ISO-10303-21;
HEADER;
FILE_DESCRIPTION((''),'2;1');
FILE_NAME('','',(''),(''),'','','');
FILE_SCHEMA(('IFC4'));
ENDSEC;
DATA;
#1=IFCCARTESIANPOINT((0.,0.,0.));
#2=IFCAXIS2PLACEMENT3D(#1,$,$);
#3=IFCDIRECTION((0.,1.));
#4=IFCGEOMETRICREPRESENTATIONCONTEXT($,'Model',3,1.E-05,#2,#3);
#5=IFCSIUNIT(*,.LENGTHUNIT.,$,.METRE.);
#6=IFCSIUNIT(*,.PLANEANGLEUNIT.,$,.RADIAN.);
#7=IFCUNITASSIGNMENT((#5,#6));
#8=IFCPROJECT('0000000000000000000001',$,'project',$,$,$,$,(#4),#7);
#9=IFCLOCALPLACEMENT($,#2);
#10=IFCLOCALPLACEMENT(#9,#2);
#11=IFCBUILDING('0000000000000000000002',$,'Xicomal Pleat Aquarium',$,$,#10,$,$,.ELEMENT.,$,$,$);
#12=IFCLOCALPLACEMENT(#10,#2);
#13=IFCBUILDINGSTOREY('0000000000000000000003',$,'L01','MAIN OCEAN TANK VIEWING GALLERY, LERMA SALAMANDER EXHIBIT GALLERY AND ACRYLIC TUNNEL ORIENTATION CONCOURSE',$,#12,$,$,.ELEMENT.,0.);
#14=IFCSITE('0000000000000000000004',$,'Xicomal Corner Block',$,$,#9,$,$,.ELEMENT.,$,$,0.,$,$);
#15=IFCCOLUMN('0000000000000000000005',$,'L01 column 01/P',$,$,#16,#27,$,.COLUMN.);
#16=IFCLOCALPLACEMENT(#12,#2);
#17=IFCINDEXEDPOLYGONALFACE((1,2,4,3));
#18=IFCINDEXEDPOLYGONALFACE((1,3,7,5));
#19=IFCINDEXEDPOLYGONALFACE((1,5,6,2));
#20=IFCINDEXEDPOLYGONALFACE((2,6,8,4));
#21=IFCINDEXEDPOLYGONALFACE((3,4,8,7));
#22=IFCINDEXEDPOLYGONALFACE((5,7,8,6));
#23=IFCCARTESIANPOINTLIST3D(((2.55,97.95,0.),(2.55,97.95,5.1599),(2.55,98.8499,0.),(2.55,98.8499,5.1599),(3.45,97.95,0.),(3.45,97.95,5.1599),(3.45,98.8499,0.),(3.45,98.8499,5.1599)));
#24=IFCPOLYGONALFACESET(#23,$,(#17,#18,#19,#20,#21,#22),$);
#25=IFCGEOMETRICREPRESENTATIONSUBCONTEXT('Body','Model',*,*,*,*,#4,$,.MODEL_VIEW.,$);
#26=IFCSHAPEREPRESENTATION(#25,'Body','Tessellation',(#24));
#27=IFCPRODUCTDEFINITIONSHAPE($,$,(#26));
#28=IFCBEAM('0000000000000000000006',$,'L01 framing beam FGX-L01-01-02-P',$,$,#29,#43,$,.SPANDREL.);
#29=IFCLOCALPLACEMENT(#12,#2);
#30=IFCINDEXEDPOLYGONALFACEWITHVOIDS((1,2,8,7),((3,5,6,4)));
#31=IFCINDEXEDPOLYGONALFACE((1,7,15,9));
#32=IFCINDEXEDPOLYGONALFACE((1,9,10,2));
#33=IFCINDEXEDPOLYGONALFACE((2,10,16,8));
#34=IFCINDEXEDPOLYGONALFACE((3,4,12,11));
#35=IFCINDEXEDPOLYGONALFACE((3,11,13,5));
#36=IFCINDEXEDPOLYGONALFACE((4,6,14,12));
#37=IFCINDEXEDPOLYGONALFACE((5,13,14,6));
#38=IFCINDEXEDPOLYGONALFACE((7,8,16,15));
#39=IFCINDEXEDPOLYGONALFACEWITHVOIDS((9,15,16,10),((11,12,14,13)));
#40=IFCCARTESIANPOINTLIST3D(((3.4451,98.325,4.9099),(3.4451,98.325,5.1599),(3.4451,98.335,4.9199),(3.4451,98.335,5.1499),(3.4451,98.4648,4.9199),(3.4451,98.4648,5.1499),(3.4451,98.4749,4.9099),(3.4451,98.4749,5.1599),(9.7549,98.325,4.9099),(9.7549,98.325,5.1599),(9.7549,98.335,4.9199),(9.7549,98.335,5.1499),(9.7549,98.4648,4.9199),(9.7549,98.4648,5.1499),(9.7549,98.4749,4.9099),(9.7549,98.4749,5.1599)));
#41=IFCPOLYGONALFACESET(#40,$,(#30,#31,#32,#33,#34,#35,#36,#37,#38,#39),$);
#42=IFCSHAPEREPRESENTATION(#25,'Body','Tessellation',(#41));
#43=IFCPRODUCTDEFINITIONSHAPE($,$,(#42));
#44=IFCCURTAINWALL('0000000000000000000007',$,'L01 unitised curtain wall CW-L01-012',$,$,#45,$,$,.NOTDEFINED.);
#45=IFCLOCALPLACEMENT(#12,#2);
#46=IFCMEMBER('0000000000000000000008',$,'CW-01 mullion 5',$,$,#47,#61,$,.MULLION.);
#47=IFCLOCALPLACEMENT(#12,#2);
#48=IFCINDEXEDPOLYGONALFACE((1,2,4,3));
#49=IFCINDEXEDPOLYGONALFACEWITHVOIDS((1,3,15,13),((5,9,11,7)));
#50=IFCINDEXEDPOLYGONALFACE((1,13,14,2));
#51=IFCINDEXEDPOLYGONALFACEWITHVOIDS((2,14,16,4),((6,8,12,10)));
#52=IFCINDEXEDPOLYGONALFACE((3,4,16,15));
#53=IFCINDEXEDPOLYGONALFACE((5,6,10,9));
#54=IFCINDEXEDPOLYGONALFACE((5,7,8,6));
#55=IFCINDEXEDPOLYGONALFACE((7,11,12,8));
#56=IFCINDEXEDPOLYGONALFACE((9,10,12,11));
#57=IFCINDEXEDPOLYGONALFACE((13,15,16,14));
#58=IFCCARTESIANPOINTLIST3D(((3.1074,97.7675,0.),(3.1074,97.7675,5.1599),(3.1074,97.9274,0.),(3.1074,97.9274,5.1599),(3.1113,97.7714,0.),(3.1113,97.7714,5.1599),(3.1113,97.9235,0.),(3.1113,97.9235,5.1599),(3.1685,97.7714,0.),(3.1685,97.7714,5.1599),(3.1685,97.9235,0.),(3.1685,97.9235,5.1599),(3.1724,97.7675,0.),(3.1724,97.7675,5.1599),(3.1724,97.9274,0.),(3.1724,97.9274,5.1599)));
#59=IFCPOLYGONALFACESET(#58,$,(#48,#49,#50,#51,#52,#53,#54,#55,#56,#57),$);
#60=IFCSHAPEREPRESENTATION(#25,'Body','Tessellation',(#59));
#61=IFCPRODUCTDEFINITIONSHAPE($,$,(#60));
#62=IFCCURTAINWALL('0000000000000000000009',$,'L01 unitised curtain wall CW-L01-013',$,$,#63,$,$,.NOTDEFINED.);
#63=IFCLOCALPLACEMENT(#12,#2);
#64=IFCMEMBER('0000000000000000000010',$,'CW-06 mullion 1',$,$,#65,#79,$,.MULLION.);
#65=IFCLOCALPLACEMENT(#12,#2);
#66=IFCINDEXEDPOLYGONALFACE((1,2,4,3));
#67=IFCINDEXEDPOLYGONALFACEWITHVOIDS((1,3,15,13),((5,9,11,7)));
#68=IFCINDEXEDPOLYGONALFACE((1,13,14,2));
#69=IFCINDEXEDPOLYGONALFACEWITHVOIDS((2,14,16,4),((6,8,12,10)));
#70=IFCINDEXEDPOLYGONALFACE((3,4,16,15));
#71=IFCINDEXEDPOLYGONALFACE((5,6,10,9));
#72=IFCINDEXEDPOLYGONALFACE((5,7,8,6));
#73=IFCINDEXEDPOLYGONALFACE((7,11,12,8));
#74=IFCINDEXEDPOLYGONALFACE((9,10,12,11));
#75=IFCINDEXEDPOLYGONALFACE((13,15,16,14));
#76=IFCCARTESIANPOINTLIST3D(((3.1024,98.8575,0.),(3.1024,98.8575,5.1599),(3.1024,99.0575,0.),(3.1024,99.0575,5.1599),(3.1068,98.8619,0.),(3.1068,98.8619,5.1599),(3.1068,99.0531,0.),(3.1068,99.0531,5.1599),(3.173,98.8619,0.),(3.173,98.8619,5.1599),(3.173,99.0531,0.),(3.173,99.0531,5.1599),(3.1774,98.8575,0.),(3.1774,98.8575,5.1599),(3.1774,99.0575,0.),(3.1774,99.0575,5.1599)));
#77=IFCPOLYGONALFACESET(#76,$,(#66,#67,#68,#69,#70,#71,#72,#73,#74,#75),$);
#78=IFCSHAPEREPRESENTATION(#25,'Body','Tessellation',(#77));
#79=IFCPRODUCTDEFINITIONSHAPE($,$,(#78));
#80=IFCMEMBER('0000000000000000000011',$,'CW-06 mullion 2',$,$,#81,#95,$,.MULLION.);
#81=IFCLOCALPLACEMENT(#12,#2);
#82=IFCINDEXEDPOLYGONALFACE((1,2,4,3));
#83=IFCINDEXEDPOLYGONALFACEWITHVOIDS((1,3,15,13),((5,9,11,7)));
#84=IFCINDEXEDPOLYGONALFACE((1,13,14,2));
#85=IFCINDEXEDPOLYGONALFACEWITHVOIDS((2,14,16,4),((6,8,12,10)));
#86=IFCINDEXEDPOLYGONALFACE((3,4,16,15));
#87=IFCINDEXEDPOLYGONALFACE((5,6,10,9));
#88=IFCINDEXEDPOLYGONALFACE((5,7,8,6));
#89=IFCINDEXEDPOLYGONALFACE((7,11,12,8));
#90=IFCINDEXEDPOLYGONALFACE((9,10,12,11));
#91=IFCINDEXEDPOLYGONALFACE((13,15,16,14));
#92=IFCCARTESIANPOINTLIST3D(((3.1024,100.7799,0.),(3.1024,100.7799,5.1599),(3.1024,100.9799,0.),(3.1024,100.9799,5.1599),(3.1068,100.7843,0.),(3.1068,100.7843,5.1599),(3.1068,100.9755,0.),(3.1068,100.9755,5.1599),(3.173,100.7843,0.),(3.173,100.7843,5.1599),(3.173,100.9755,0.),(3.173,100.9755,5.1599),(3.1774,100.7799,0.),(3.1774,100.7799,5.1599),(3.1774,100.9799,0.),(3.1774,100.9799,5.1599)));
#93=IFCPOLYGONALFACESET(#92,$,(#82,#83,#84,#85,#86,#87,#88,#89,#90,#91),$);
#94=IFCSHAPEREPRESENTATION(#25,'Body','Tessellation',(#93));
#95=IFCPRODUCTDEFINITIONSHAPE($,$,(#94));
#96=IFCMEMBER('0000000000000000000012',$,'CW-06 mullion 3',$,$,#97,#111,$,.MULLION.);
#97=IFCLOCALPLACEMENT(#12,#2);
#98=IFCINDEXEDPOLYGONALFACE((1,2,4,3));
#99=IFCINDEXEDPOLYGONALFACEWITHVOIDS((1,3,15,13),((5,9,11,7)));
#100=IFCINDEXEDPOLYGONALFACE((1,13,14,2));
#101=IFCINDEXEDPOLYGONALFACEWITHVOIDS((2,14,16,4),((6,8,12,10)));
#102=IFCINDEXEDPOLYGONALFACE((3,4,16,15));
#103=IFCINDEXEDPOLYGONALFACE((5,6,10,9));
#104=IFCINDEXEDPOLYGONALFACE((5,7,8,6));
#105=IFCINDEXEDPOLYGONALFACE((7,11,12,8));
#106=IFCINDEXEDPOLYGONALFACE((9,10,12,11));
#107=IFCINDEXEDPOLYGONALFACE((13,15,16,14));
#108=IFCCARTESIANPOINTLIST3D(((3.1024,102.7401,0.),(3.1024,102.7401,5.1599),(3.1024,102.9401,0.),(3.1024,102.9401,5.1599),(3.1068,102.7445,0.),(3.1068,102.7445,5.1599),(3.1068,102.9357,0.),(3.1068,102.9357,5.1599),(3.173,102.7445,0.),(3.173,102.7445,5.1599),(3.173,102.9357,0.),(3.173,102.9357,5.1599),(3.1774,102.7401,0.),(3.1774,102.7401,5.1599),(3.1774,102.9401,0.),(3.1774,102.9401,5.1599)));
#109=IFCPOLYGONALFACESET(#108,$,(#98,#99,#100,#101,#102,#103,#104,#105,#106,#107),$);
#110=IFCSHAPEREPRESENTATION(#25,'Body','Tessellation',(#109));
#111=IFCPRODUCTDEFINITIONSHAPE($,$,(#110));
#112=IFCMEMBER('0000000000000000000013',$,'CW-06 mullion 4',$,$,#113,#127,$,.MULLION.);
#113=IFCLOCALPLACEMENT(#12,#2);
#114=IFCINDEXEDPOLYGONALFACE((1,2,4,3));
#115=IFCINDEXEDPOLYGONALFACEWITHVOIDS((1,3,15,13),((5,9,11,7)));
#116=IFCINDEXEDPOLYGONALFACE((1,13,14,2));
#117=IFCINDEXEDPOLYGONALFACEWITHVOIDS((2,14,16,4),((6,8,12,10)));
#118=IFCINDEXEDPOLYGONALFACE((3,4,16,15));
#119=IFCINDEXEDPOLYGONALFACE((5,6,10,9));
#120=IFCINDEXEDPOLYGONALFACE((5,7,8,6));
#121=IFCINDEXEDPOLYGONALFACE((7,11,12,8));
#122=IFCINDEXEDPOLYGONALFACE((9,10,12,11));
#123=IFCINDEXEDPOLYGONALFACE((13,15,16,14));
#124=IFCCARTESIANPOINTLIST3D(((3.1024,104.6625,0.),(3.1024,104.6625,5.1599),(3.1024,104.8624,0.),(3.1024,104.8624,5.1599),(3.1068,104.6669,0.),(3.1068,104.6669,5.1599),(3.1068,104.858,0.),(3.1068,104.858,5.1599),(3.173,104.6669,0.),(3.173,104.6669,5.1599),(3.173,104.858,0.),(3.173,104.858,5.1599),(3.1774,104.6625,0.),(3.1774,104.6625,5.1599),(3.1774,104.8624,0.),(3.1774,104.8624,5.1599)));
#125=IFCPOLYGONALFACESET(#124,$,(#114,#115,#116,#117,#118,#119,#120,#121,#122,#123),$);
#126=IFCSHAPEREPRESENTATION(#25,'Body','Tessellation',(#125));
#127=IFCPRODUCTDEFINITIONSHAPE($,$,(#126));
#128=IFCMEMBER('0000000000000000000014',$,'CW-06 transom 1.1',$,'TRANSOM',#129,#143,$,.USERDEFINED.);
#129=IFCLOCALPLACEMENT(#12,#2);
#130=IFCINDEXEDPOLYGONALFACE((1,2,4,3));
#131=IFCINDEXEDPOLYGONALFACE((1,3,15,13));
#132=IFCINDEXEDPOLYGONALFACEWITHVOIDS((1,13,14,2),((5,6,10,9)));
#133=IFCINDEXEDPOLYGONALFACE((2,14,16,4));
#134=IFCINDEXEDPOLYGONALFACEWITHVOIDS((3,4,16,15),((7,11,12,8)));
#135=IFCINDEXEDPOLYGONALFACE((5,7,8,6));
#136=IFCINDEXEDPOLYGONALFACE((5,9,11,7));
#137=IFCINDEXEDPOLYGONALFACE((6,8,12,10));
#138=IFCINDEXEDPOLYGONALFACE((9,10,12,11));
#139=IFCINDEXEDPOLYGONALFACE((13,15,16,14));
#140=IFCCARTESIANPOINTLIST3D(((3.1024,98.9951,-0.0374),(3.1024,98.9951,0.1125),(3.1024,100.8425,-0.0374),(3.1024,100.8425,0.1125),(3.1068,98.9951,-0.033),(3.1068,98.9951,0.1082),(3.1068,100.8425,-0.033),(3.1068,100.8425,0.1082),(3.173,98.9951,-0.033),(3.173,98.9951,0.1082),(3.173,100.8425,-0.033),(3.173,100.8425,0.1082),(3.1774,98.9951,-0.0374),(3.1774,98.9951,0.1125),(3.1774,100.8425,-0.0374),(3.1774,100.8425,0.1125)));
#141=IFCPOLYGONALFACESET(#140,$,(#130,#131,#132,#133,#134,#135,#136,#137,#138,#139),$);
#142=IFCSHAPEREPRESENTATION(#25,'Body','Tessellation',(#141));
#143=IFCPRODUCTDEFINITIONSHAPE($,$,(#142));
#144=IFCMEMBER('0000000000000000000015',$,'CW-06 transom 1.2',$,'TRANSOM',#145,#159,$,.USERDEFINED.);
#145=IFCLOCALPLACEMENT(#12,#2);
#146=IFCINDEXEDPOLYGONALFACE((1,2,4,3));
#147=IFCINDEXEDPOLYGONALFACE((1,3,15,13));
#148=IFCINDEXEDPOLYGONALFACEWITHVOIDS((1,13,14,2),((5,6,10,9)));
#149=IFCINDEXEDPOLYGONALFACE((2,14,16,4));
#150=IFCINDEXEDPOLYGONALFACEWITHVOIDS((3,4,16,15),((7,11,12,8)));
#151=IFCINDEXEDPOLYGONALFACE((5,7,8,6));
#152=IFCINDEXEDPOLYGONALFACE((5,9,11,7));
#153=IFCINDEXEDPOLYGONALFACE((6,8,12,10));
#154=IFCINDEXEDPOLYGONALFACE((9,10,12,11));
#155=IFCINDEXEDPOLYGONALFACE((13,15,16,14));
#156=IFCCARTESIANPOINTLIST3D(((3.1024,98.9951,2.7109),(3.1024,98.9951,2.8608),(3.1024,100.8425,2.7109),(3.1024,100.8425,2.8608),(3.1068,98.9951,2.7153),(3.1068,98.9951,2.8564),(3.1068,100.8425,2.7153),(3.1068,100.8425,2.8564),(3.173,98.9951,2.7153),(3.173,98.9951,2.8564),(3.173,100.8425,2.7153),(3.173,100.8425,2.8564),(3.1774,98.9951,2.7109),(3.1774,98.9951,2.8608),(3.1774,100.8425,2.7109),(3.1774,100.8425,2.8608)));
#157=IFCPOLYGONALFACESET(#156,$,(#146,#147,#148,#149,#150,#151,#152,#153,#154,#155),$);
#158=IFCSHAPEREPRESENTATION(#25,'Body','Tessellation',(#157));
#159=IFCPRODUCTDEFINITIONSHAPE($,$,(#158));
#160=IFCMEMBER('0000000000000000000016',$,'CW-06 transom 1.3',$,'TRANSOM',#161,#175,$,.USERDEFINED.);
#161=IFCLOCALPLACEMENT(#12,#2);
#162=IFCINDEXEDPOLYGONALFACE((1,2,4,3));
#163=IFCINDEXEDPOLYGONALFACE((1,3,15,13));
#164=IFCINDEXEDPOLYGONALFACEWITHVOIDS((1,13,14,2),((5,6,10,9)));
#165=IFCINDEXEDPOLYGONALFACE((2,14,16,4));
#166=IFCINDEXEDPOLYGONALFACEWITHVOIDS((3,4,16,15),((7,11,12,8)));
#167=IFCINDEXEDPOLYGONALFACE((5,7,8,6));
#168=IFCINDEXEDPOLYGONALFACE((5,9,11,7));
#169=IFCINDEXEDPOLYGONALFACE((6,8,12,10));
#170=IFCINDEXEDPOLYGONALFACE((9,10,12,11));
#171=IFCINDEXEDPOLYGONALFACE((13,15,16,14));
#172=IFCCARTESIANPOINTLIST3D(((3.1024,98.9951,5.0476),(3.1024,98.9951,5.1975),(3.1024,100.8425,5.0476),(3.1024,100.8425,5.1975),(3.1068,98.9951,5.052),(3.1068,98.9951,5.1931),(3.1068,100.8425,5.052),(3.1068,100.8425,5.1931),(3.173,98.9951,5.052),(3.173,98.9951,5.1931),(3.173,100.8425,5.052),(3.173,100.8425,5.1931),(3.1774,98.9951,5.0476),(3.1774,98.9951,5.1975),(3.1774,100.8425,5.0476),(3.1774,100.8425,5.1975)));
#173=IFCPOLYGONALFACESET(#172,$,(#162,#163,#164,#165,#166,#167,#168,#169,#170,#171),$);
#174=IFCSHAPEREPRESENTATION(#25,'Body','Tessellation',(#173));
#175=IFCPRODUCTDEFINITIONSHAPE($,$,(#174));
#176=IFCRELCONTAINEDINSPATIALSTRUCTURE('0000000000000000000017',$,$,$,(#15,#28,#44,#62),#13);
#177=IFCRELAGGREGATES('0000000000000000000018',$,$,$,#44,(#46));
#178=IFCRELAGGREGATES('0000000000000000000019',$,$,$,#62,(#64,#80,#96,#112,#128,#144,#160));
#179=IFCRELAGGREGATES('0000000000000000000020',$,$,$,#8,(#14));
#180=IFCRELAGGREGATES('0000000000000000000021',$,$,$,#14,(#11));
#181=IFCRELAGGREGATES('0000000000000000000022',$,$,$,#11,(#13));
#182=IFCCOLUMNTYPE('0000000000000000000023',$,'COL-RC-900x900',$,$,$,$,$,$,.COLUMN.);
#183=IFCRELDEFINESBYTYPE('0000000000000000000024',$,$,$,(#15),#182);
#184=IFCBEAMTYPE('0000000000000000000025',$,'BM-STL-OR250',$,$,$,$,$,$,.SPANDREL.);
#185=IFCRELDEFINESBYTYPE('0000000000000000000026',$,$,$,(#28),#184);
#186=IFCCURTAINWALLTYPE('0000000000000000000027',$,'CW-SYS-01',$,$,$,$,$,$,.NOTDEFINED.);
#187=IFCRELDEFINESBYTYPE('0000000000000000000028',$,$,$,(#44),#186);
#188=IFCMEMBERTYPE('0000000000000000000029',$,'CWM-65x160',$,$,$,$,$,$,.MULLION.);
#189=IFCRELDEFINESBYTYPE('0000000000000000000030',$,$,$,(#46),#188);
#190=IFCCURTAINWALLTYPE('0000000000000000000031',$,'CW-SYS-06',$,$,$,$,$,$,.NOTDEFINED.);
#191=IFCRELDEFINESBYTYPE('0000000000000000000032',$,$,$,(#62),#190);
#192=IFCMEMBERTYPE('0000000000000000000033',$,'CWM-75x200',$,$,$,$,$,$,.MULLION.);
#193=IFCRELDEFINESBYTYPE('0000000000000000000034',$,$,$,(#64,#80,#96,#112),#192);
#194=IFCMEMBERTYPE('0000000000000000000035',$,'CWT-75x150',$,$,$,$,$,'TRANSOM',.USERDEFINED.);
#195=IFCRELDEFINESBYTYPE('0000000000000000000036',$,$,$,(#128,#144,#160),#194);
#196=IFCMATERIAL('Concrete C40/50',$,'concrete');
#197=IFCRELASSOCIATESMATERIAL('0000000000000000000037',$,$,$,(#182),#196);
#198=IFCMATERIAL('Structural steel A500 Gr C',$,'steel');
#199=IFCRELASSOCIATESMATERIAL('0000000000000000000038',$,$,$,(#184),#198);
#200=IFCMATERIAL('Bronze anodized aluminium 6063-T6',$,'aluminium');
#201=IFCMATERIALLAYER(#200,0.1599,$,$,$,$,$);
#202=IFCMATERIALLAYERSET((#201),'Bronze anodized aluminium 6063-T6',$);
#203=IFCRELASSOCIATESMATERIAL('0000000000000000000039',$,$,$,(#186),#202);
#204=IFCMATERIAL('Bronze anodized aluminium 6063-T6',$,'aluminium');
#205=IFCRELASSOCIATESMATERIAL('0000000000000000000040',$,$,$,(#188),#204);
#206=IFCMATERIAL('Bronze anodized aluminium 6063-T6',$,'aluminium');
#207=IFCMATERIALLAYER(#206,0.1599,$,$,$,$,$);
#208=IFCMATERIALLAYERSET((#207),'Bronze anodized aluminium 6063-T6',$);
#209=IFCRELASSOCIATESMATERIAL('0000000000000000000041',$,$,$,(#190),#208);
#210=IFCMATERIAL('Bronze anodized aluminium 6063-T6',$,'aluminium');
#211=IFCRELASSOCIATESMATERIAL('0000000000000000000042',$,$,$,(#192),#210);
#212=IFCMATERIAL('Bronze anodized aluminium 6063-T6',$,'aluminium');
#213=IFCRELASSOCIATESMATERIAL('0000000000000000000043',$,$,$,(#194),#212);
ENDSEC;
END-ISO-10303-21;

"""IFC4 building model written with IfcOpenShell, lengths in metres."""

from ifc_helpers import new_model, si_unit, direction, frame, origin, origin_2d, place, context, subcontext, project, spatial, rectangle, hollow_rectangle, extrude, material, layer, layer_set, material_profile, profile_set, type_object, element, aggregate, save


model = new_model("IFC4")

# Units and contexts
model_context = context("Model", 3, precision=1e-05, world=origin(), true_north=direction((0.0, 1.0)))
body_context = subcontext(model_context, "Body", "Model", "MODEL_VIEW")
ifc_project = project(units=[si_unit("LENGTHUNIT", "METRE"), si_unit("PLANEANGLEUNIT", "RADIAN")], contexts=[model_context])

# Site, building, storey
site_placement = place(None, origin())
site = spatial("IfcSite", under=ifc_project, at=site_placement, Name="Xicomal Corner Block", CompositionType="ELEMENT", RefElevation=0.0)
building_placement = place(site_placement, origin())
building = spatial("IfcBuilding", under=site, at=building_placement, Name="Xicomal Pleat Aquarium", CompositionType="ELEMENT")
storey_placement = place(building_placement, origin())
storey = spatial("IfcBuildingStorey", under=building, at=storey_placement, Name="L01", Description="MAIN OCEAN TANK VIEWING GALLERY, LERMA SALAMANDER EXHIBIT GALLERY AND ACRYLIC TUNNEL ORIENTATION CONCOURSE", CompositionType="ELEMENT", Elevation=0.0)

# Column
ifc_material_1 = material(Name="Concrete C40/50", Category="concrete")
ifc_material_profile_1 = material_profile(ifc_material_1, rectangle(XDim=0.8999, YDim=0.8999, at=origin_2d()), Name="RC 900x900")
ifc_profile_set_1 = profile_set([ifc_material_profile_1], Name="Concrete C40/50")
column_type = type_object("IfcColumnType", Name="COL-RC-900x900", PredefinedType="COLUMN", material=ifc_profile_set_1)
column_placement = place(storey_placement, frame((3.0, 98.3999, 0.0), z_axis=(0.0, 0.0, 1.0), x_axis=(1.0, 0.0, 0.0)))
element("IfcColumn", 1, at=column_placement, inside=storey, type_object=column_type, Name="L01 column 01/P", PredefinedType="COLUMN", context=body_context, shape_type="SweptSolid", body=[
    extrude(rectangle(XDim=0.8999, YDim=0.8999, at=origin_2d()), origin(), (0.0, 0.0, 1.0), 5.1599),
])

# Beam
ifc_material_2 = material(Name="Structural steel A500 Gr C", Category="steel")
ifc_material_profile_2 = material_profile(ifc_material_2, hollow_rectangle(XDim=0.1499, YDim=0.25, WallThickness=0.01, at=origin_2d()), Name="OR 250x150x10")
ifc_profile_set_2 = profile_set([ifc_material_profile_2], Name="Structural steel A500 Gr C")
beam_type = type_object("IfcBeamType", Name="BM-STL-OR250", PredefinedType="SPANDREL", material=ifc_profile_set_2)
beam_placement = place(storey_placement, frame((3.4451, 98.3999, 5.0349), z_axis=(1.0, 0.0, 0.0), x_axis=(0.0, 1.0, 0.0)))
element("IfcBeam", 2, at=beam_placement, inside=storey, type_object=beam_type, Name="L01 framing beam FGX-L01-01-02-P", PredefinedType="SPANDREL", context=body_context, shape_type="SweptSolid", body=[
    extrude(hollow_rectangle(XDim=0.1499, YDim=0.25, WallThickness=0.01, at=origin_2d()), origin(), (0.0, 0.0, 1.0), 6.3098),
])

# Curtain wall, member
ifc_material_3 = material(Name="Bronze anodized aluminium 6063-T6", Category="aluminium")
ifc_layer_1 = layer(ifc_material_3, 0.1599)
ifc_layer_set_1 = layer_set([ifc_layer_1], Name="Bronze anodized aluminium 6063-T6")
curtain_wall_type_1 = type_object("IfcCurtainWallType", Name="CW-SYS-01", PredefinedType="NOTDEFINED", material=ifc_layer_set_1)
curtain_wall_1_placement = place(storey_placement, origin())
curtain_wall_1 = element("IfcCurtainWall", 3, at=curtain_wall_1_placement, inside=storey, type_object=curtain_wall_type_1, Name="L01 unitised curtain wall CW-L01-012", PredefinedType="NOTDEFINED")
ifc_material_4 = material(Name="Bronze anodized aluminium 6063-T6", Category="aluminium")
ifc_material_profile_3 = material_profile(ifc_material_4, hollow_rectangle(XDim=0.0649, YDim=0.1599, WallThickness=0.0039, at=origin_2d()), Name="ALU MULL 65x160")
ifc_profile_set_3 = profile_set([ifc_material_profile_3], Name="Bronze anodized aluminium 6063-T6")
member_type_1 = type_object("IfcMemberType", Name="CWM-65x160", PredefinedType="MULLION", material=ifc_profile_set_3)
member_1_placement = place(storey_placement, frame((3.1399, 97.8474, 0.0), z_axis=(0.0, 0.0, 1.0), x_axis=(-1.0, 0.0, 0.0)))
member_1 = element("IfcMember", 4, at=member_1_placement, type_object=member_type_1, Name="CW-01 mullion 5", PredefinedType="MULLION", context=body_context, shape_type="SweptSolid", body=[
    extrude(hollow_rectangle(XDim=0.0649, YDim=0.1599, WallThickness=0.0039, at=origin_2d()), origin(), (0.0, 0.0, 1.0), 5.1599),
])

# Curtain wall, members
ifc_material_5 = material(Name="Bronze anodized aluminium 6063-T6", Category="aluminium")
ifc_layer_2 = layer(ifc_material_5, 0.1599)
ifc_layer_set_2 = layer_set([ifc_layer_2], Name="Bronze anodized aluminium 6063-T6")
curtain_wall_type_2 = type_object("IfcCurtainWallType", Name="CW-SYS-06", PredefinedType="NOTDEFINED", material=ifc_layer_set_2)
curtain_wall_2_placement = place(storey_placement, origin())
curtain_wall_2 = element("IfcCurtainWall", 5, at=curtain_wall_2_placement, inside=storey, type_object=curtain_wall_type_2, Name="L01 unitised curtain wall CW-L01-013", PredefinedType="NOTDEFINED")
ifc_material_6 = material(Name="Bronze anodized aluminium 6063-T6", Category="aluminium")
ifc_material_profile_4 = material_profile(ifc_material_6, hollow_rectangle(XDim=0.075, YDim=0.2, WallThickness=0.0044, at=origin_2d()), Name="ALU MULL 75x200")
ifc_profile_set_4 = profile_set([ifc_material_profile_4], Name="Bronze anodized aluminium 6063-T6")
member_type_2 = type_object("IfcMemberType", Name="CWM-75x200", PredefinedType="MULLION", material=ifc_profile_set_4)
member_2_placement = place(storey_placement, frame((3.1399, 98.9575, 0.0), z_axis=(0.0, 0.0, 1.0), x_axis=(-1.0, 0.0, 0.0)))
member_2 = element("IfcMember", 6, at=member_2_placement, type_object=member_type_2, Name="CW-06 mullion 1", PredefinedType="MULLION", context=body_context, shape_type="SweptSolid", body=[
    extrude(hollow_rectangle(XDim=0.075, YDim=0.2, WallThickness=0.0044, at=origin_2d()), origin(), (0.0, 0.0, 1.0), 5.1599),
])
member_3_placement = place(storey_placement, frame((3.1399, 100.8799, 0.0), z_axis=(0.0, 0.0, 1.0), x_axis=(-1.0, 0.0, 0.0)))
member_3 = element("IfcMember", 7, at=member_3_placement, type_object=member_type_2, Name="CW-06 mullion 2", PredefinedType="MULLION", context=body_context, shape_type="SweptSolid", body=[
    extrude(hollow_rectangle(XDim=0.075, YDim=0.2, WallThickness=0.0044, at=origin_2d()), origin(), (0.0, 0.0, 1.0), 5.1599),
])
member_4_placement = place(storey_placement, frame((3.1399, 102.8401, 0.0), z_axis=(0.0, 0.0, 1.0), x_axis=(-1.0, 0.0, 0.0)))
member_4 = element("IfcMember", 8, at=member_4_placement, type_object=member_type_2, Name="CW-06 mullion 3", PredefinedType="MULLION", context=body_context, shape_type="SweptSolid", body=[
    extrude(hollow_rectangle(XDim=0.075, YDim=0.2, WallThickness=0.0044, at=origin_2d()), origin(), (0.0, 0.0, 1.0), 5.1599),
])
member_5_placement = place(storey_placement, frame((3.1399, 104.7625, 0.0), z_axis=(0.0, 0.0, 1.0), x_axis=(-1.0, 0.0, 0.0)))
member_5 = element("IfcMember", 9, at=member_5_placement, type_object=member_type_2, Name="CW-06 mullion 4", PredefinedType="MULLION", context=body_context, shape_type="SweptSolid", body=[
    extrude(hollow_rectangle(XDim=0.075, YDim=0.2, WallThickness=0.0044, at=origin_2d()), origin(), (0.0, 0.0, 1.0), 5.1599),
])
ifc_material_7 = material(Name="Bronze anodized aluminium 6063-T6", Category="aluminium")
ifc_material_profile_5 = material_profile(ifc_material_7, hollow_rectangle(XDim=0.075, YDim=0.1499, WallThickness=0.0044, at=origin_2d()), Name="ALU TRAN 75x150")
ifc_profile_set_5 = profile_set([ifc_material_profile_5], Name="Bronze anodized aluminium 6063-T6")
member_type_3 = type_object("IfcMemberType", Name="CWT-75x150", ElementType="TRANSOM", PredefinedType="USERDEFINED", material=ifc_profile_set_5)
member_6_placement = place(storey_placement, frame((3.1399, 98.9951, 0.0376), z_axis=(0.0, 1.0, 0.0), x_axis=(-1.0, 0.0, 0.0)))
member_6 = element("IfcMember", 10, at=member_6_placement, type_object=member_type_3, Name="CW-06 transom 1.1", ObjectType="TRANSOM", PredefinedType="USERDEFINED", context=body_context, shape_type="SweptSolid", body=[
    extrude(hollow_rectangle(XDim=0.075, YDim=0.1499, WallThickness=0.0044, at=origin_2d()), origin(), (0.0, 0.0, 1.0), 1.8474),
])
member_7_placement = place(storey_placement, frame((3.1399, 98.9951, 2.7859), z_axis=(0.0, 1.0, 0.0), x_axis=(-1.0, 0.0, 0.0)))
member_7 = element("IfcMember", 11, at=member_7_placement, type_object=member_type_3, Name="CW-06 transom 1.2", ObjectType="TRANSOM", PredefinedType="USERDEFINED", context=body_context, shape_type="SweptSolid", body=[
    extrude(hollow_rectangle(XDim=0.075, YDim=0.1499, WallThickness=0.0044, at=origin_2d()), origin(), (0.0, 0.0, 1.0), 1.8474),
])
member_8_placement = place(storey_placement, frame((3.1399, 98.9951, 5.1226), z_axis=(0.0, 1.0, 0.0), x_axis=(-1.0, 0.0, 0.0)))
member_8 = element("IfcMember", 12, at=member_8_placement, type_object=member_type_3, Name="CW-06 transom 1.3", ObjectType="TRANSOM", PredefinedType="USERDEFINED", context=body_context, shape_type="SweptSolid", body=[
    extrude(hollow_rectangle(XDim=0.075, YDim=0.1499, WallThickness=0.0044, at=origin_2d()), origin(), (0.0, 0.0, 1.0), 1.8474),
])

aggregate(curtain_wall_1, [member_1])
aggregate(curtain_wall_2, [member_2, member_3, member_4, member_5, member_6, member_7, member_8])

save(model, "model.ifc")
